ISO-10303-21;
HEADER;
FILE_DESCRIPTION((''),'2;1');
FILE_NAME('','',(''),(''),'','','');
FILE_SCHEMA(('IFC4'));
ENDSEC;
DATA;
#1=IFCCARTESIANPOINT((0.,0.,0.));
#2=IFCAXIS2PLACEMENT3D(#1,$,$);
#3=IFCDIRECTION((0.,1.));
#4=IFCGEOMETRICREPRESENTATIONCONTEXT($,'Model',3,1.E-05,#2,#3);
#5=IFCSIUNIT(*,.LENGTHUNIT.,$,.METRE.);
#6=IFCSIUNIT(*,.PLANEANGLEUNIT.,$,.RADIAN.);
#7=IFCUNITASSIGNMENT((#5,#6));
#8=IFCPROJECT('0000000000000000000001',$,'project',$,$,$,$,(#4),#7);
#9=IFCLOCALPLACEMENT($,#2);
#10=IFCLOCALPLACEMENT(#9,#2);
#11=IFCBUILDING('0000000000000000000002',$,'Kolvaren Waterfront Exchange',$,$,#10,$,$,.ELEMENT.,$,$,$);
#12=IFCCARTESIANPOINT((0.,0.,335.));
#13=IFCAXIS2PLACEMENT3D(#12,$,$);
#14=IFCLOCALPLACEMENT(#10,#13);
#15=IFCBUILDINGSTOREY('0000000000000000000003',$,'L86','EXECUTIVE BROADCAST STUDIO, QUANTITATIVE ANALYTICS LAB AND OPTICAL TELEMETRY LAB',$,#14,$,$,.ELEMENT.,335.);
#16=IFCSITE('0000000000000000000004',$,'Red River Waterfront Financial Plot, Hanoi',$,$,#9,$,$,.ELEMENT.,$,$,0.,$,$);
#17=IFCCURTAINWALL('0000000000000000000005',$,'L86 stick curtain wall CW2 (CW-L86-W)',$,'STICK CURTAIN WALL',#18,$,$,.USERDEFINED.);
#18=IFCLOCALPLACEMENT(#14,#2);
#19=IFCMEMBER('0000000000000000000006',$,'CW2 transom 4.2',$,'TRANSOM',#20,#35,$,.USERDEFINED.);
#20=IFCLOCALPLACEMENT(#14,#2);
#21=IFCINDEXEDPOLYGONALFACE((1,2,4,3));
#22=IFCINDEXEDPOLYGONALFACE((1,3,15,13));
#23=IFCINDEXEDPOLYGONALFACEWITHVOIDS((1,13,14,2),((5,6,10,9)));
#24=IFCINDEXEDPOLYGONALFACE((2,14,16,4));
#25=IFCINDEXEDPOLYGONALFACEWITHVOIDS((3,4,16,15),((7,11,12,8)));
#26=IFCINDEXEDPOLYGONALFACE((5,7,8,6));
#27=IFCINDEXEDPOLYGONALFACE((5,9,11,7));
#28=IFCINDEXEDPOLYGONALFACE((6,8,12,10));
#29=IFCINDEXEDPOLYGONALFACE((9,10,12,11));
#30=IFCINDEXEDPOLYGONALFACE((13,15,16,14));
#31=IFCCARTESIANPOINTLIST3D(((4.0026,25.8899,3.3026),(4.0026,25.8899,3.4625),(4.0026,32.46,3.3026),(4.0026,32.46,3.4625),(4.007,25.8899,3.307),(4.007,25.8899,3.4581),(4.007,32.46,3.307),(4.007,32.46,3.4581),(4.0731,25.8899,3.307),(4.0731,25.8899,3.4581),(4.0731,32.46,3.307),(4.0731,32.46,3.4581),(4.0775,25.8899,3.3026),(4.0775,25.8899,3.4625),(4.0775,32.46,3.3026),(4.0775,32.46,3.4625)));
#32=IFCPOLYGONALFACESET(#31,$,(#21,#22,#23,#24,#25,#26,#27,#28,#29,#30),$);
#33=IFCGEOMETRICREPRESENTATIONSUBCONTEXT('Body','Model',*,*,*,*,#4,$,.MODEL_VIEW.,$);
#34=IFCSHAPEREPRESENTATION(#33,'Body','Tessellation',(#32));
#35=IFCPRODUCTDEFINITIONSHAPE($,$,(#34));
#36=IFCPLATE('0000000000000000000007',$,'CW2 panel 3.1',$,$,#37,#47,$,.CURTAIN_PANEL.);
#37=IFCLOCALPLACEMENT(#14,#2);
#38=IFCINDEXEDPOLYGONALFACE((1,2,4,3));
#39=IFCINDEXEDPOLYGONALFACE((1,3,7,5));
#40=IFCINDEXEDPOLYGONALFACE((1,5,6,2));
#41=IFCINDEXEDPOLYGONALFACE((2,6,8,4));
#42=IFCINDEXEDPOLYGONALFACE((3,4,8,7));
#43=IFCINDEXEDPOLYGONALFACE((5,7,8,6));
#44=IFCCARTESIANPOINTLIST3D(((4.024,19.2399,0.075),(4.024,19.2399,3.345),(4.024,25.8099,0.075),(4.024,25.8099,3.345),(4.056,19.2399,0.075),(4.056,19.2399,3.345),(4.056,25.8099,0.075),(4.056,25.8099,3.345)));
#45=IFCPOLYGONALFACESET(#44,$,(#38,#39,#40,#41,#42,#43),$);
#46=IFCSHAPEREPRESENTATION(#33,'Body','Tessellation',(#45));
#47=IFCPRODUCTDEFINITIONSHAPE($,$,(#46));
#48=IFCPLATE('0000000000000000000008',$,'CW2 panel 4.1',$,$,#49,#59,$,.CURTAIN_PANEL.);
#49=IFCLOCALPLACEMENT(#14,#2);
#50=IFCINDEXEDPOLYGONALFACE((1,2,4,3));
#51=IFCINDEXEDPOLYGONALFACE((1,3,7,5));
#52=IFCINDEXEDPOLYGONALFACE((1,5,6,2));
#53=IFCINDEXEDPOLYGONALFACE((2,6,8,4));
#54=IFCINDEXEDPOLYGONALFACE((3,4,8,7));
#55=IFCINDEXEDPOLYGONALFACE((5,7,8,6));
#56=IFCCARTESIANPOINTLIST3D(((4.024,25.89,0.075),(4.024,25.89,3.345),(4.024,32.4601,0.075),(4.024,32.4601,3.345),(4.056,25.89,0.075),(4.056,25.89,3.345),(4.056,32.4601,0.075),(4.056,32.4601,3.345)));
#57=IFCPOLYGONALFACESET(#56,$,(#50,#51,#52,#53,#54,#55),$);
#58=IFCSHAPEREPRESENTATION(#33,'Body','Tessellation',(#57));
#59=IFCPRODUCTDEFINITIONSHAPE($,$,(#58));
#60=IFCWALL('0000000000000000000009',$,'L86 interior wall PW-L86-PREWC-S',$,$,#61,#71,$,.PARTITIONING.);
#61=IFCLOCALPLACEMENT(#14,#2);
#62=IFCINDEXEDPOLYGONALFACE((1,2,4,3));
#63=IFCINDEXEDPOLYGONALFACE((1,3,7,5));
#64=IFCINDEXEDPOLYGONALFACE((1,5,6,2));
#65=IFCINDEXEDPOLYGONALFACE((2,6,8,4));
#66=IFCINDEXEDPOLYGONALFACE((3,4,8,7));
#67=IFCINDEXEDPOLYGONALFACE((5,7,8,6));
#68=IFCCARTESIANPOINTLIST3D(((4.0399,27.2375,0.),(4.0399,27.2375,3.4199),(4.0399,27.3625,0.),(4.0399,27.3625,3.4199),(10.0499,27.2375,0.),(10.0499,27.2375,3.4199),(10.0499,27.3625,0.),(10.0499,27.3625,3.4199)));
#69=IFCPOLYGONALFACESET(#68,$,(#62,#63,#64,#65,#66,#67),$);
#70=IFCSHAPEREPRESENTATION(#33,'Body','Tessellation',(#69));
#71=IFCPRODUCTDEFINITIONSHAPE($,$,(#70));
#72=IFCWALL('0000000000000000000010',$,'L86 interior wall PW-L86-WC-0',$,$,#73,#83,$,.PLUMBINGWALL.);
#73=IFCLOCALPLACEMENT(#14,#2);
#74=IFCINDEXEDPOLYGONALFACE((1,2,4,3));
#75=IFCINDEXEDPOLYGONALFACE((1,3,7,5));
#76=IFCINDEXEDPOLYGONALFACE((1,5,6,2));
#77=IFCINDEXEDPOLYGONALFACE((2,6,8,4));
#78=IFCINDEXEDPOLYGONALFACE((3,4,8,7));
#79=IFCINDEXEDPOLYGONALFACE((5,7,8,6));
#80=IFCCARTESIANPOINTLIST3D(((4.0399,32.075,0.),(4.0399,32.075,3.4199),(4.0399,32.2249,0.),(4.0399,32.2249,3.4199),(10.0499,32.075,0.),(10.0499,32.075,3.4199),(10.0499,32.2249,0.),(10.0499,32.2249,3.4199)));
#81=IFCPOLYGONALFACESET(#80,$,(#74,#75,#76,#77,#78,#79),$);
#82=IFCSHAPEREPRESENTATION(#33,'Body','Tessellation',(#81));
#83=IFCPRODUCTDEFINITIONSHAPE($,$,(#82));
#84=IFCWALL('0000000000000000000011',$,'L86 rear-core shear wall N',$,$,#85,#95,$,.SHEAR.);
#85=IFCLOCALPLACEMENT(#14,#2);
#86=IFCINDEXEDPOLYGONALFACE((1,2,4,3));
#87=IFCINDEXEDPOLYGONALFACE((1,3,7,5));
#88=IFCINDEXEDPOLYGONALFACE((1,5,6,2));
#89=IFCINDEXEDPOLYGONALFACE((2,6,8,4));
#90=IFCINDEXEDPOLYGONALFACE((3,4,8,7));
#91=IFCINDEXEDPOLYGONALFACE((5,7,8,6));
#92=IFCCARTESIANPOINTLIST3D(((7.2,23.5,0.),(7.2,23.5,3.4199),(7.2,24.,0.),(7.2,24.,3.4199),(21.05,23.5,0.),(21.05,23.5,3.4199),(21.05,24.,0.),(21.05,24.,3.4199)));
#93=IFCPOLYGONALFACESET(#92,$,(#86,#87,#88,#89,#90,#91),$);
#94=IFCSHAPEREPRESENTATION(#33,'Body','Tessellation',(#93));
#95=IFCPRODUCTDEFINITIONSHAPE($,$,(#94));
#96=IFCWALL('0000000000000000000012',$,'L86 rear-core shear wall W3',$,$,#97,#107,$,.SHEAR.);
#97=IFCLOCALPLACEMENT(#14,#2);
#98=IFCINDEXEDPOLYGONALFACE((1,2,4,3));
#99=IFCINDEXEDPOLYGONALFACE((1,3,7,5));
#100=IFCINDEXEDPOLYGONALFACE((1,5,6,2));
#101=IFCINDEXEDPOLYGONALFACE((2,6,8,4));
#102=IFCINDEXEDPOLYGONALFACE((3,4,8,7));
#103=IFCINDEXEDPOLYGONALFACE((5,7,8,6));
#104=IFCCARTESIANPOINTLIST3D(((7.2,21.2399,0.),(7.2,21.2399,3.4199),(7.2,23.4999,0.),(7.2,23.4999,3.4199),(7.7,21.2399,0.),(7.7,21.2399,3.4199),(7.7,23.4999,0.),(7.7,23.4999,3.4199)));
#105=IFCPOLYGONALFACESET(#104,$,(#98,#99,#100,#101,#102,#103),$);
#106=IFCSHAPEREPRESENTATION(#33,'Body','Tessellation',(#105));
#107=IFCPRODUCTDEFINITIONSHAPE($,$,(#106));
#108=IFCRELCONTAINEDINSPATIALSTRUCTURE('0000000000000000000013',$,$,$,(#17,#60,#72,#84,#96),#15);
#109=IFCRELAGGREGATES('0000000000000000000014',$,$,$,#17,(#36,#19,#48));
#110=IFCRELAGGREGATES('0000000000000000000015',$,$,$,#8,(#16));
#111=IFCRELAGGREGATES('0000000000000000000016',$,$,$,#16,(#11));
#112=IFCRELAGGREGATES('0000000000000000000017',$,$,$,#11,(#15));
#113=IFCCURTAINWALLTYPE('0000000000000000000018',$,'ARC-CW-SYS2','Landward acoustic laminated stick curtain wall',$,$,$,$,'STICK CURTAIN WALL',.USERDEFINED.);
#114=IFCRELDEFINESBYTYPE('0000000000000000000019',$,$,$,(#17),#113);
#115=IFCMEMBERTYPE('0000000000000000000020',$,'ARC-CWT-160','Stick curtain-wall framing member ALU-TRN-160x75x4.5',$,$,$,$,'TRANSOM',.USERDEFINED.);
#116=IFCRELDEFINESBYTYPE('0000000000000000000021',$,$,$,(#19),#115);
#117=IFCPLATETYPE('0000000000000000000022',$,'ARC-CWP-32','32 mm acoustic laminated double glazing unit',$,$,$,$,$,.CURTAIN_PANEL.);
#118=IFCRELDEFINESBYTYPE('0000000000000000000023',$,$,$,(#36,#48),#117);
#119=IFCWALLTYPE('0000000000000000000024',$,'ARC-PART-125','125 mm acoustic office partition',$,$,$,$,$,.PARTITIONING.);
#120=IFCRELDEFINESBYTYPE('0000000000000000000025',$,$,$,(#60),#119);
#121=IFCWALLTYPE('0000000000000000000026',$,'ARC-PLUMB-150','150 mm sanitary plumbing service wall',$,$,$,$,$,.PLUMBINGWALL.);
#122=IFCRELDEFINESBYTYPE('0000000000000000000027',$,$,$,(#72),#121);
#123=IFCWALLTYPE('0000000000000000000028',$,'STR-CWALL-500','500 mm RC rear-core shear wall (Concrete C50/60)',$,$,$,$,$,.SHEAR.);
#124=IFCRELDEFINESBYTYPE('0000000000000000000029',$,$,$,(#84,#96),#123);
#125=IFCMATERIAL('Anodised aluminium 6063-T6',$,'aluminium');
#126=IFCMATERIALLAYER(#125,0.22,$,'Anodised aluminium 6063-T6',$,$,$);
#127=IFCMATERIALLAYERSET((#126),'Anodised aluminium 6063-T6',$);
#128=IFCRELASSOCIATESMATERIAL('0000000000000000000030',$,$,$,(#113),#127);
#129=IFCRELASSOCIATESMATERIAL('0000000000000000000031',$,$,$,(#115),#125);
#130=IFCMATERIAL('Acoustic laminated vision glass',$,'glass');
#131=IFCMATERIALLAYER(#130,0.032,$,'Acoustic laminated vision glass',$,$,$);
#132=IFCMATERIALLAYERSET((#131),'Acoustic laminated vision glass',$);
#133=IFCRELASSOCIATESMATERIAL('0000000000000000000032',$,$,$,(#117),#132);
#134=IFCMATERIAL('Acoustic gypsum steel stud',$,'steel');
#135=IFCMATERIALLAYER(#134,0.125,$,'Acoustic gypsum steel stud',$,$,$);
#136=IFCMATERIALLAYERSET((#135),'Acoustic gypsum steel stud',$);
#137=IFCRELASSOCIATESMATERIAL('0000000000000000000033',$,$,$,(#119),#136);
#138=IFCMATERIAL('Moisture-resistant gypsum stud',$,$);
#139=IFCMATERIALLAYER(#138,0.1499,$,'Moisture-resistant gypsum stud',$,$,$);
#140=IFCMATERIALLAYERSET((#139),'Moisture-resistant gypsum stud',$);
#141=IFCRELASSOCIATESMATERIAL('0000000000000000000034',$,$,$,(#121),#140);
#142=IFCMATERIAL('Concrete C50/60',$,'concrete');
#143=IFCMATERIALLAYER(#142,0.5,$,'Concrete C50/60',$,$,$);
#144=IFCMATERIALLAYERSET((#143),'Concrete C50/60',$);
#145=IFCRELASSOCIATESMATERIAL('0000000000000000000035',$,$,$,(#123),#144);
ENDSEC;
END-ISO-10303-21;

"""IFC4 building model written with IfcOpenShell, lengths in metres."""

from ifc_helpers import new_model, si_unit, direction, frame, frame_2d, origin, origin_with_axes, origin_2d, place, context, subcontext, project, spatial, rectangle, hollow_rectangle, extrude, source, transform, mapped, material, layer, layer_set, material_profile, profile_set, type_object, element, aggregate, save


model = new_model("IFC4")

# Units and contexts
model_context = context("Model", 3, precision=1e-05, world=origin(), true_north=direction((0.0, 1.0)))
body_context = subcontext(model_context, "Body", "Model", "MODEL_VIEW")
ifc_project = project(units=[si_unit("LENGTHUNIT", "METRE"), si_unit("PLANEANGLEUNIT", "RADIAN")], contexts=[model_context])

# Site, building, storey
site_placement = place(None, origin())
site = spatial("IfcSite", under=ifc_project, at=site_placement, Name="Red River Waterfront Financial Plot, Hanoi", CompositionType="ELEMENT", RefElevation=0.0)
building_placement = place(site_placement, origin())
building = spatial("IfcBuilding", under=site, at=building_placement, Name="Kolvaren Waterfront Exchange", CompositionType="ELEMENT")
storey_placement = place(building_placement, frame((0.0, 0.0, 335.0)))
storey = spatial("IfcBuildingStorey", under=building, at=storey_placement, Name="L86", Description="EXECUTIVE BROADCAST STUDIO, QUANTITATIVE ANALYTICS LAB AND OPTICAL TELEMETRY LAB", CompositionType="ELEMENT", Elevation=335.0)

# Shared definitions
ifc_material_1 = material(Name="Concrete C50/60", Category="concrete")

# Curtain wall, member, plates
ifc_material_2 = material(Name="Anodised aluminium 6063-T6", Category="aluminium")
ifc_layer_1 = layer(ifc_material_2, 0.22, Name="Anodised aluminium 6063-T6")
ifc_layer_set_1 = layer_set([ifc_layer_1], Name="Anodised aluminium 6063-T6")
curtain_wall_type = type_object("IfcCurtainWallType", Name="ARC-CW-SYS2", Description="Landward acoustic laminated stick curtain wall", ElementType="STICK CURTAIN WALL", PredefinedType="USERDEFINED", material=ifc_layer_set_1)
curtain_wall_placement = place(storey_placement, origin())
curtain_wall = element("IfcCurtainWall", 1, at=curtain_wall_placement, inside=storey, type_object=curtain_wall_type, Name="L86 stick curtain wall CW2 (CW-L86-W)", ObjectType="STICK CURTAIN WALL", PredefinedType="USERDEFINED")
ifc_material_profile_1 = material_profile(ifc_material_2, hollow_rectangle(XDim=0.075, YDim=0.1599, WallThickness=0.0044, at=origin_2d()), Name="ALU-TRN-160x75x4.5")
ifc_profile_set_1 = profile_set([ifc_material_profile_1], Name="Anodised aluminium 6063-T6")
member_type_1 = type_object("IfcMemberType", Name="ARC-CWT-160", Description="Stick curtain-wall framing member ALU-TRN-160x75x4.5", ElementType="TRANSOM", PredefinedType="USERDEFINED", material=ifc_profile_set_1)
shared_shape_1 = source(origin_with_axes(), body_context, "Body", "SweptSolid", [
    extrude(hollow_rectangle(XDim=0.075, YDim=0.1599, WallThickness=0.0044, at=origin_2d()), origin(), (0.0, 0.0, 1.0), 6.5701),
])
member_1_placement = place(storey_placement, frame((4.04, 25.8899, 3.3826), z_axis=(0.0, 1.0, 0.0), x_axis=(-1.0, 0.0, 0.0)))
member_1 = element("IfcMember", 2, at=member_1_placement, type_object=member_type_1, Name="CW2 transom 4.2", ObjectType="TRANSOM", PredefinedType="USERDEFINED", context=body_context, shape_type="MappedRepresentation", body=[
    mapped(shared_shape_1, transform((0.0, 0.0, 0.0), x_axis=(1.0, 0.0, 0.0), y_axis=(0.0, 1.0, 0.0), z_axis=(0.0, 0.0, 1.0), scale=1.0)),
])
ifc_material_3 = material(Name="Acoustic laminated vision glass", Category="glass")
ifc_layer_2 = layer(ifc_material_3, 0.032, Name="Acoustic laminated vision glass")
ifc_layer_set_2 = layer_set([ifc_layer_2], Name="Acoustic laminated vision glass")
plate_type = type_object("IfcPlateType", Name="ARC-CWP-32", Description="32 mm acoustic laminated double glazing unit", PredefinedType="CURTAIN_PANEL", material=ifc_layer_set_2)
shared_shape_2 = source(origin_with_axes(), body_context, "Body", "SweptSolid", [
    extrude(rectangle(XDim=6.5701, YDim=0.032, at=origin_2d()), origin(), (0.0, 0.0, 1.0), 3.27),
])
plate_1_placement = place(storey_placement, frame((4.04, 22.5249, 0.075), z_axis=(0.0, 0.0, 1.0), x_axis=(0.0, 1.0, 0.0)))
plate_1 = element("IfcPlate", 3, at=plate_1_placement, type_object=plate_type, Name="CW2 panel 3.1", PredefinedType="CURTAIN_PANEL", context=body_context, shape_type="MappedRepresentation", body=[
    mapped(shared_shape_2, transform((0.0, 0.0, 0.0), x_axis=(1.0, 0.0, 0.0), y_axis=(0.0, 1.0, 0.0), z_axis=(0.0, 0.0, 1.0), scale=1.0)),
])
plate_2_placement = place(storey_placement, frame((4.04, 29.175, 0.075), z_axis=(0.0, 0.0, 1.0), x_axis=(0.0, 1.0, 0.0)))
plate_2 = element("IfcPlate", 4, at=plate_2_placement, type_object=plate_type, Name="CW2 panel 4.1", PredefinedType="CURTAIN_PANEL", context=body_context, shape_type="MappedRepresentation", body=[
    mapped(shared_shape_2, transform((0.0, 0.0, 0.0), x_axis=(1.0, 0.0, 0.0), y_axis=(0.0, 1.0, 0.0), z_axis=(0.0, 0.0, 1.0), scale=1.0)),
])
aggregate(curtain_wall, [plate_1, member_1, plate_2])

# Wall
ifc_material_4 = material(Name="Acoustic gypsum steel stud", Category="steel")
ifc_layer_3 = layer(ifc_material_4, 0.125, Name="Acoustic gypsum steel stud")
ifc_layer_set_3 = layer_set([ifc_layer_3], Name="Acoustic gypsum steel stud")
wall_type_1 = type_object("IfcWallType", Name="ARC-PART-125", Description="125 mm acoustic office partition", PredefinedType="PARTITIONING", material=ifc_layer_set_3)
wall_1_placement = place(storey_placement, frame((4.04, 27.3, 0.0), z_axis=(0.0, 0.0, 1.0), x_axis=(1.0, 0.0, 0.0)))
element("IfcWall", 5, at=wall_1_placement, inside=storey, type_object=wall_type_1, Name="L86 interior wall PW-L86-PREWC-S", PredefinedType="PARTITIONING", context=body_context, shape_type="SweptSolid", body=[
    extrude(rectangle(XDim=6.01, YDim=0.125, at=frame_2d((3.0049, 0.0))), origin(), (0.0, 0.0, 1.0), 3.4199),
])

# Walls
ifc_material_5 = material(Name="Moisture-resistant gypsum stud")
ifc_layer_4 = layer(ifc_material_5, 0.1499, Name="Moisture-resistant gypsum stud")
ifc_layer_set_4 = layer_set([ifc_layer_4], Name="Moisture-resistant gypsum stud")
wall_type_2 = type_object("IfcWallType", Name="ARC-PLUMB-150", Description="150 mm sanitary plumbing service wall", PredefinedType="PLUMBINGWALL", material=ifc_layer_set_4)
wall_2_placement = place(storey_placement, frame((4.04, 32.1499, 0.0), z_axis=(0.0, 0.0, 1.0), x_axis=(1.0, 0.0, 0.0)))
element("IfcWall", 6, at=wall_2_placement, inside=storey, type_object=wall_type_2, Name="L86 interior wall PW-L86-WC-0", PredefinedType="PLUMBINGWALL", context=body_context, shape_type="SweptSolid", body=[
    extrude(rectangle(XDim=6.01, YDim=0.1499, at=frame_2d((3.0049, 0.0))), origin(), (0.0, 0.0, 1.0), 3.4199),
])
ifc_layer_5 = layer(ifc_material_1, 0.5, Name="Concrete C50/60")
ifc_layer_set_5 = layer_set([ifc_layer_5], Name="Concrete C50/60")
wall_type_3 = type_object("IfcWallType", Name="STR-CWALL-500", Description="500 mm RC rear-core shear wall (Concrete C50/60)", PredefinedType="SHEAR", material=ifc_layer_set_5)
wall_3_placement = place(storey_placement, frame((7.2, 23.75, 0.0), z_axis=(0.0, 0.0, 1.0), x_axis=(1.0, 0.0, 0.0)))
element("IfcWall", 7, at=wall_3_placement, inside=storey, type_object=wall_type_3, Name="L86 rear-core shear wall N", PredefinedType="SHEAR", context=body_context, shape_type="SweptSolid", body=[
    extrude(rectangle(XDim=13.8501, YDim=0.5, at=frame_2d((6.925, 0.0))), origin(), (0.0, 0.0, 1.0), 3.4199),
])
wall_4_placement = place(storey_placement, frame((7.45, 21.24, 0.0), z_axis=(0.0, 0.0, 1.0), x_axis=(0.0, 1.0, 0.0)))
element("IfcWall", 8, at=wall_4_placement, inside=storey, type_object=wall_type_3, Name="L86 rear-core shear wall W3", PredefinedType="SHEAR", context=body_context, shape_type="SweptSolid", body=[
    extrude(rectangle(XDim=2.26, YDim=0.5, at=frame_2d((1.1299, 0.0))), origin(), (0.0, 0.0, 1.0), 3.4199),
])

save(model, "model.ifc")
